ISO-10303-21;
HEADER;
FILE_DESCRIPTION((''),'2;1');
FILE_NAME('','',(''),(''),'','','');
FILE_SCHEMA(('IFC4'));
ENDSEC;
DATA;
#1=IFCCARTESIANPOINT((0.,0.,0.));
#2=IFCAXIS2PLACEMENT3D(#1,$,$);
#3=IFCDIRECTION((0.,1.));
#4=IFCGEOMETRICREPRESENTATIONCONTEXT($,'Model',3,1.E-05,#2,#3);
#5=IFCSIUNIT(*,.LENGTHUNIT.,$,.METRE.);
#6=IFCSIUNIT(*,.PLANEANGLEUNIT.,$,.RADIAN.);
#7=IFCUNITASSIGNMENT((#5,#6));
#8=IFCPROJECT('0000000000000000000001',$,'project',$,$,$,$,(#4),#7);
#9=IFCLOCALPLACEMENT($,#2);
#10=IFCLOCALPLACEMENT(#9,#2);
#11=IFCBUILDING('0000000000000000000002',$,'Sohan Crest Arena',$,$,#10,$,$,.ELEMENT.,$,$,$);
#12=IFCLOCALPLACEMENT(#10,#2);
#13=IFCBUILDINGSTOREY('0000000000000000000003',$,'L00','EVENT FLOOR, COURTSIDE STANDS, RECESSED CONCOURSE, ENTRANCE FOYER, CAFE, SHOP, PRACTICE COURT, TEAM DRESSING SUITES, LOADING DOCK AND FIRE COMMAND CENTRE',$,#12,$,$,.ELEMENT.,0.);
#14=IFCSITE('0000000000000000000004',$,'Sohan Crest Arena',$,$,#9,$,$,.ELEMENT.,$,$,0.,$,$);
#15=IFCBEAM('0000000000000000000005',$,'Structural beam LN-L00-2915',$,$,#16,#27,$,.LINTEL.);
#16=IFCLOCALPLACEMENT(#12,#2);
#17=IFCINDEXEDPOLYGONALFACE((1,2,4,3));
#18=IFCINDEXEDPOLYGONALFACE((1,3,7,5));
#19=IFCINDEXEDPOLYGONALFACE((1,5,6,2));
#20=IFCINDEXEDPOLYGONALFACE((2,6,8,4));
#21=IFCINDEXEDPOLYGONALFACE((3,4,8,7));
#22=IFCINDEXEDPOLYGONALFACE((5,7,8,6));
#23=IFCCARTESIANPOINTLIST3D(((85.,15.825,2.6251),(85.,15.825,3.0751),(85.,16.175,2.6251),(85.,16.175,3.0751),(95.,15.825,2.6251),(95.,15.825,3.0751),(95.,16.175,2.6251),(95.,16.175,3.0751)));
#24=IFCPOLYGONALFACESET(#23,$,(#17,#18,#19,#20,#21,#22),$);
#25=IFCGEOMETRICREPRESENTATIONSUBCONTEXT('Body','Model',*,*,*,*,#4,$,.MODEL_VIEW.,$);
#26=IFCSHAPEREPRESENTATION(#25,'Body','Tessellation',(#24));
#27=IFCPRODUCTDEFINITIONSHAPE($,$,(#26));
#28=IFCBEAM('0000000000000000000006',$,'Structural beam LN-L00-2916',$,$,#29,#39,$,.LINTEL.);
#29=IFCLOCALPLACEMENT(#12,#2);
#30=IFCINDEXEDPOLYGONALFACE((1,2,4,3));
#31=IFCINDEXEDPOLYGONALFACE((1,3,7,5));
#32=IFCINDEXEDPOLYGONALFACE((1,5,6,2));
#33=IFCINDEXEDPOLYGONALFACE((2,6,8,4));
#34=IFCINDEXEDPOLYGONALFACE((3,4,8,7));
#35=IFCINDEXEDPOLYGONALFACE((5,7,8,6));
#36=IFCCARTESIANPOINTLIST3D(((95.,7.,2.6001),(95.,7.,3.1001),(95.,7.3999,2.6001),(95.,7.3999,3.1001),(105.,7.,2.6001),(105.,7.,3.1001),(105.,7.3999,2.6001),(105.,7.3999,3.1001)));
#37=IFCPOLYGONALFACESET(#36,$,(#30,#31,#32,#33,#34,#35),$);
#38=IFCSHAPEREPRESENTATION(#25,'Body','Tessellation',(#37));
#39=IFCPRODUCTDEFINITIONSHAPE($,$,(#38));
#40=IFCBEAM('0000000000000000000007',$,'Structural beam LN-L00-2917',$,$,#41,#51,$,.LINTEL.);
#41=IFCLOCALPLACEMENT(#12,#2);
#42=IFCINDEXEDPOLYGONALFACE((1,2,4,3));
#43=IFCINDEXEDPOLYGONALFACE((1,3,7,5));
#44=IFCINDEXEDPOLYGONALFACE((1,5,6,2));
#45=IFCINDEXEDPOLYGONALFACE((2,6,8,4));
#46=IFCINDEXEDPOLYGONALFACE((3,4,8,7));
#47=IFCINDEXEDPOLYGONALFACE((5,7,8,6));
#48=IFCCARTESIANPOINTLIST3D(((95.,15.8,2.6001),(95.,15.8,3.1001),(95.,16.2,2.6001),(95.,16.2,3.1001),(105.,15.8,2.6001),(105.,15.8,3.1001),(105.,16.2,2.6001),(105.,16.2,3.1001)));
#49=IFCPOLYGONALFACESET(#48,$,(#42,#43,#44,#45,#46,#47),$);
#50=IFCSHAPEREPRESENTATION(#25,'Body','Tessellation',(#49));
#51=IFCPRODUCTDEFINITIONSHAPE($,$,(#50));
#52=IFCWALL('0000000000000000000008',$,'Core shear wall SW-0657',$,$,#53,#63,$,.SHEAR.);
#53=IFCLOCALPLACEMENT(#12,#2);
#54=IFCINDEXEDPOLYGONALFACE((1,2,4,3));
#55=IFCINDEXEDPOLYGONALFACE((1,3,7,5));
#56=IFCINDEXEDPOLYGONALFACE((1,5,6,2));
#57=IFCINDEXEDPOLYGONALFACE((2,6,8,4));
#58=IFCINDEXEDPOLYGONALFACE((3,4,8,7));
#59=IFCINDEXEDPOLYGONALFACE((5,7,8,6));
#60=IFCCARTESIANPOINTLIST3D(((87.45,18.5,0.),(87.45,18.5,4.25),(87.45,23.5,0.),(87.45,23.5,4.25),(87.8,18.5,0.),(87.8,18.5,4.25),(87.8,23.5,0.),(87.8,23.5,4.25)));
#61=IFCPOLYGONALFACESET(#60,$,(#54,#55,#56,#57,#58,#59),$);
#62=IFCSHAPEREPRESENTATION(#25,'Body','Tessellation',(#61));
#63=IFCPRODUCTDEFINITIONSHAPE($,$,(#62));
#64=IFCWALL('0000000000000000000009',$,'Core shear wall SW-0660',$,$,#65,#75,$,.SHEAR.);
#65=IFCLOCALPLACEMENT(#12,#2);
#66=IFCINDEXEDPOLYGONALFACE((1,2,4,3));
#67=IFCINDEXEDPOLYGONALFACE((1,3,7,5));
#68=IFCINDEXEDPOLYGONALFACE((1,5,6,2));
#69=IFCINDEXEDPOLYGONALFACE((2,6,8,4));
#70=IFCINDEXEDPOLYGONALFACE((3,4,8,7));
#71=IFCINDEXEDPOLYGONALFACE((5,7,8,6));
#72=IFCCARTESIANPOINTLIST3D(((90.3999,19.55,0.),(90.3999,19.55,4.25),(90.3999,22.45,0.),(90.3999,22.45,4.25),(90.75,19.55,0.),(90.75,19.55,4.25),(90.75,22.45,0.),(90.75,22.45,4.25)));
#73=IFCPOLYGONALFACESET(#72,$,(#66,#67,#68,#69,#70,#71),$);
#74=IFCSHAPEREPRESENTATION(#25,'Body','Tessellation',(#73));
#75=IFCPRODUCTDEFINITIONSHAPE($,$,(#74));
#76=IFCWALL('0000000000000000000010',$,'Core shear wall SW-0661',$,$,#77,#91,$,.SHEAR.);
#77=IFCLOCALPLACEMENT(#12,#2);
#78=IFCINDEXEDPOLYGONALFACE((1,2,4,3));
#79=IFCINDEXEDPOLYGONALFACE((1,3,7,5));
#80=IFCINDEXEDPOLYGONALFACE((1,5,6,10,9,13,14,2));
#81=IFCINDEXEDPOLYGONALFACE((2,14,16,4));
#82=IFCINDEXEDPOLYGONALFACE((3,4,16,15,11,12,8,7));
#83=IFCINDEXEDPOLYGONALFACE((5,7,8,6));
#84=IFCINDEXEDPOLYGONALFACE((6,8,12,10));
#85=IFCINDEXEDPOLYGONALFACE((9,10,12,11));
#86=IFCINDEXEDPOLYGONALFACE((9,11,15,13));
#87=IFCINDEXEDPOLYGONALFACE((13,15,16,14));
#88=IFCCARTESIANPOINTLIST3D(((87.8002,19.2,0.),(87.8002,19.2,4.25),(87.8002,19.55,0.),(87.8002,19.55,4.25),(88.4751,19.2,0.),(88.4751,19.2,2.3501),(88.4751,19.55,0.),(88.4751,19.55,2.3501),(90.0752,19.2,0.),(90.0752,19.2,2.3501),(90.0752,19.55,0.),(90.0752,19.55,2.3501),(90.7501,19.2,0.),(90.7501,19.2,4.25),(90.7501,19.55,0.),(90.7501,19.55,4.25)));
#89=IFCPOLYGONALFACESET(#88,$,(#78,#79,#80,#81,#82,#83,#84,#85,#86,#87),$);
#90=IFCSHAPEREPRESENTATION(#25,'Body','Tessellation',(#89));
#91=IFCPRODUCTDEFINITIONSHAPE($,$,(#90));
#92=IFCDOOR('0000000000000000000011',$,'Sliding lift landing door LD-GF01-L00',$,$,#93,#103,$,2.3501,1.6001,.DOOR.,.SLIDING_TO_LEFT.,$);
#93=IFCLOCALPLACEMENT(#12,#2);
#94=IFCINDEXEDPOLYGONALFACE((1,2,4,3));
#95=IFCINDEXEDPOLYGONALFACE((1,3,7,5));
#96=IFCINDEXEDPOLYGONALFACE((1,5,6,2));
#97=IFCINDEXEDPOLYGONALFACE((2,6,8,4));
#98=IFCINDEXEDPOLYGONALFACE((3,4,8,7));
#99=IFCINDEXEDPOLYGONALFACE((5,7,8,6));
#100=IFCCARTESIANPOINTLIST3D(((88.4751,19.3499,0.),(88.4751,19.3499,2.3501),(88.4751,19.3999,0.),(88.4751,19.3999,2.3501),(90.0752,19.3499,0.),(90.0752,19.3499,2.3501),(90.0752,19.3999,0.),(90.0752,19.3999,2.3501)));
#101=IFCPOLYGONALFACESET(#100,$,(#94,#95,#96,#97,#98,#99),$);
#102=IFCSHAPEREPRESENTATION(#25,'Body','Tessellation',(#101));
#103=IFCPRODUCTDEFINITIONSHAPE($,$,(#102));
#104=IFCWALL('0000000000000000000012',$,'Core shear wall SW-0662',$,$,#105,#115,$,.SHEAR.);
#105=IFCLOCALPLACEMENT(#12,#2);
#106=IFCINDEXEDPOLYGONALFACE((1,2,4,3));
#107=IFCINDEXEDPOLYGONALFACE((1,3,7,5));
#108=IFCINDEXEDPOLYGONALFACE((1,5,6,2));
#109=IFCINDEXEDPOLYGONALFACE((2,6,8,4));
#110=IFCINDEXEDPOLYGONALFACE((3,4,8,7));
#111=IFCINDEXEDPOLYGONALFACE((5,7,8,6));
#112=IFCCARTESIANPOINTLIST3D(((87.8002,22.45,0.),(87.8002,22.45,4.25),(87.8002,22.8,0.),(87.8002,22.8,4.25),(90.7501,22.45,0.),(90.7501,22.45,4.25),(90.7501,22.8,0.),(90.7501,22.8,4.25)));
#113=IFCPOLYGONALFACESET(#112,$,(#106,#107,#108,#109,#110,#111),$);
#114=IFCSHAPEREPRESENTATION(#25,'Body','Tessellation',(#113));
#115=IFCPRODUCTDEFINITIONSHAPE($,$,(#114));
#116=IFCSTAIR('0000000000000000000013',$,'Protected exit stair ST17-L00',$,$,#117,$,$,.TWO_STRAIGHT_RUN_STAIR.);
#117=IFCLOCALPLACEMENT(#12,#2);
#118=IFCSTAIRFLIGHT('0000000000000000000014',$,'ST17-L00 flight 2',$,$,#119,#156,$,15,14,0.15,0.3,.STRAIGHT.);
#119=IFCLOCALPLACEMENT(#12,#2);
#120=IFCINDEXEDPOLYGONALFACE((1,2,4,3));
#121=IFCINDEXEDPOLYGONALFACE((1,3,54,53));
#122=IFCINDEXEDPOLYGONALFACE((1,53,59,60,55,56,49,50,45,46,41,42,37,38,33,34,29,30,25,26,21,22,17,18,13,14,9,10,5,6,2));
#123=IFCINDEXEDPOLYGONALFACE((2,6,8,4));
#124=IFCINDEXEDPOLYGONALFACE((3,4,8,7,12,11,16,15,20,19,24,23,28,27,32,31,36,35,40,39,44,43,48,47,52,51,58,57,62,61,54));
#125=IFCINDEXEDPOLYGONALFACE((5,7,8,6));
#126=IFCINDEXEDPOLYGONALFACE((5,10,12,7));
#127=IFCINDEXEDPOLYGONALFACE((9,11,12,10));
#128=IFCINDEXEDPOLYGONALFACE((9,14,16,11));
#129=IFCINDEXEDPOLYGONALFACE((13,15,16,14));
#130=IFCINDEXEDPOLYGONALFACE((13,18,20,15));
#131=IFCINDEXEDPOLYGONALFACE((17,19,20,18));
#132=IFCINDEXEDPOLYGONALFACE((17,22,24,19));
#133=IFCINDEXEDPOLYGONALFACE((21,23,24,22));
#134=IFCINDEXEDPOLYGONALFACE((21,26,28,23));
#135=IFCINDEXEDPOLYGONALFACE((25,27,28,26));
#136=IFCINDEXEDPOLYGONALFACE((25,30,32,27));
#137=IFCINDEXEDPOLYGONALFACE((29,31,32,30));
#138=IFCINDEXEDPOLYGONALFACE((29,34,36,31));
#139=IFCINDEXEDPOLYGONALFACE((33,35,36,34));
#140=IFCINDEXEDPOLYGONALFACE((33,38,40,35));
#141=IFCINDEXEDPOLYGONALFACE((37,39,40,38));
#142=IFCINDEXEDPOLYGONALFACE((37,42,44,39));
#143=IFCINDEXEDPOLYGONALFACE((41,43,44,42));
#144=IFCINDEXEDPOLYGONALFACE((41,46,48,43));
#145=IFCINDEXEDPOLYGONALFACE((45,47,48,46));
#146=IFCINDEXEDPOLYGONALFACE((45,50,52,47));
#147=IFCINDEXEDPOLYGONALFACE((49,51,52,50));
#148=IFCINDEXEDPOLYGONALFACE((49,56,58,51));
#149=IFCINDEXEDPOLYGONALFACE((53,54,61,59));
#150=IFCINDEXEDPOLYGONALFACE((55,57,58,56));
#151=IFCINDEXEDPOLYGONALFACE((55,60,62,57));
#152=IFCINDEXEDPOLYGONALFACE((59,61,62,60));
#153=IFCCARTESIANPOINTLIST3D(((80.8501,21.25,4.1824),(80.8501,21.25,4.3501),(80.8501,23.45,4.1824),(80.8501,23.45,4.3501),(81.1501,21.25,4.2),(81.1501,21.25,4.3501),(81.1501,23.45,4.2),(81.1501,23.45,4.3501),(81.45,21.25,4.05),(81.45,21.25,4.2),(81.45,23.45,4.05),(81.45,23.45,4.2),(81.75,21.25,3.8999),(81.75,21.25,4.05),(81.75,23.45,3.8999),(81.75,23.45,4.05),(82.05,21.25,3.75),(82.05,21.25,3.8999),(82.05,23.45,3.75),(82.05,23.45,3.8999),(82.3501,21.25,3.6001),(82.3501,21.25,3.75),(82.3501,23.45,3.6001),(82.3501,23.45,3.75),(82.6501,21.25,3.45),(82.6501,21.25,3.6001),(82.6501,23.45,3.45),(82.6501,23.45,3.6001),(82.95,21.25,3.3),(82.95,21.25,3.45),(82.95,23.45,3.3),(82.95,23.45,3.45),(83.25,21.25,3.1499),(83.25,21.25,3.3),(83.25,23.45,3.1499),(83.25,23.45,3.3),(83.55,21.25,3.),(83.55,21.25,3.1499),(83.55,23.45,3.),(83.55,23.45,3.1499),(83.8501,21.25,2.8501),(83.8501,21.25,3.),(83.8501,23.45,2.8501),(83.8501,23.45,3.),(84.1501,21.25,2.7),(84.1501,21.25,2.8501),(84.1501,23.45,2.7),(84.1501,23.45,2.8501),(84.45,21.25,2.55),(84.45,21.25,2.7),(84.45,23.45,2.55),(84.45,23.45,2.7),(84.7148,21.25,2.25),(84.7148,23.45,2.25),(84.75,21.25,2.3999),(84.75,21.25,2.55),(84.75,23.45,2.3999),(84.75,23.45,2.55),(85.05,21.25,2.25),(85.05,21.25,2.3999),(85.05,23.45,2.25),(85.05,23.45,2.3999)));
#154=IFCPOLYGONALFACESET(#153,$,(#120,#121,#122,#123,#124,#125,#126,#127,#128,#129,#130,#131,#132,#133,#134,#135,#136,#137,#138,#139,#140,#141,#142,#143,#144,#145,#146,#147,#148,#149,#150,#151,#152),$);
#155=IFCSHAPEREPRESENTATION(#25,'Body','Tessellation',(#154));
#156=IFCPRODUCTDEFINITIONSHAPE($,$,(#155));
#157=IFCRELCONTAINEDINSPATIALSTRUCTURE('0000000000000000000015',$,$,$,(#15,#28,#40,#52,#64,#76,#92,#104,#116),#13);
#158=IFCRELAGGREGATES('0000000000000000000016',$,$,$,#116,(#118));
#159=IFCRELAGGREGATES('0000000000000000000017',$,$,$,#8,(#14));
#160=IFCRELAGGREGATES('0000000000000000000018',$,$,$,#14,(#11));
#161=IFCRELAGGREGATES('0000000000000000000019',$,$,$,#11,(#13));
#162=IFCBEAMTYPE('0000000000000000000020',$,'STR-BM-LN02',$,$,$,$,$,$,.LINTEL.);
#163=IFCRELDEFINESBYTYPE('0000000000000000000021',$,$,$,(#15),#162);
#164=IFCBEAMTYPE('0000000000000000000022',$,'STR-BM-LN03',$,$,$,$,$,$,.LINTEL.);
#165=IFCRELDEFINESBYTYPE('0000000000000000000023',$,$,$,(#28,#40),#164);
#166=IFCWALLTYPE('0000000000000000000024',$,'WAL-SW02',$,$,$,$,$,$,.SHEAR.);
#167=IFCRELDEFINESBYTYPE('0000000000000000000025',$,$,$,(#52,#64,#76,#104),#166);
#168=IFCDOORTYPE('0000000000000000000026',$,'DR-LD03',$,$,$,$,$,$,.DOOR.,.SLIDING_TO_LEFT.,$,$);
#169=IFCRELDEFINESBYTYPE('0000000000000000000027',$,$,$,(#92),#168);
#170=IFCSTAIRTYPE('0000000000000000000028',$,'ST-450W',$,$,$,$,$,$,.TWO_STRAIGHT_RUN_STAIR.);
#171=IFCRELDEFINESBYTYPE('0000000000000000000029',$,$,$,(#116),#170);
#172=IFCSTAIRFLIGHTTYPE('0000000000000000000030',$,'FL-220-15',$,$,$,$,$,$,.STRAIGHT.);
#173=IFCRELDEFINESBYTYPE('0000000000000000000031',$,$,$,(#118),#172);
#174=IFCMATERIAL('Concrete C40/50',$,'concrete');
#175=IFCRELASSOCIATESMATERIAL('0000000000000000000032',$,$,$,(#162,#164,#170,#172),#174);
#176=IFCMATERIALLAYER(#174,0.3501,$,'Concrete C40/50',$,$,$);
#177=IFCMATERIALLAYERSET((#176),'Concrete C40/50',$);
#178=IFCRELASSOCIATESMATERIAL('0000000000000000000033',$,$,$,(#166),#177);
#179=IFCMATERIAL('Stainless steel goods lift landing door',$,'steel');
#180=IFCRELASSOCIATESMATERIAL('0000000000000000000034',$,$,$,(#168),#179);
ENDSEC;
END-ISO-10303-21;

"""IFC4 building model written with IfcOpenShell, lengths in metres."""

from ifc_helpers import new_model, si_unit, direction, frame, frame_2d, origin, origin_2d, place, context, subcontext, project, spatial, polyline, rectangle, outline, extrude, material, layer, layer_set, material_profile, profile_set, type_object, element, fill, aggregate, save


model = new_model("IFC4")

# Units and contexts
model_context = context("Model", 3, precision=1e-05, world=origin(), true_north=direction((0.0, 1.0)))
body_context = subcontext(model_context, "Body", "Model", "MODEL_VIEW")
ifc_project = project(units=[si_unit("LENGTHUNIT", "METRE"), si_unit("PLANEANGLEUNIT", "RADIAN")], contexts=[model_context])

# Site, building, storey
site_placement = place(None, origin())
site = spatial("IfcSite", under=ifc_project, at=site_placement, Name="Sohan Crest Arena", CompositionType="ELEMENT", RefElevation=0.0)
building_placement = place(site_placement, origin())
building = spatial("IfcBuilding", under=site, at=building_placement, Name="Sohan Crest Arena", CompositionType="ELEMENT")
storey_placement = place(building_placement, origin())
storey = spatial("IfcBuildingStorey", under=building, at=storey_placement, Name="L00", Description="EVENT FLOOR, COURTSIDE STANDS, RECESSED CONCOURSE, ENTRANCE FOYER, CAFE, SHOP, PRACTICE COURT, TEAM DRESSING SUITES, LOADING DOCK AND FIRE COMMAND CENTRE", CompositionType="ELEMENT", Elevation=0.0)

# Beams
ifc_material_1 = material(Name="Concrete C40/50", Category="concrete")
ifc_material_profile_1 = material_profile(ifc_material_1, rectangle(XDim=0.3501, YDim=0.45, at=origin_2d()), Name="RC-LNT 350x450")
ifc_profile_set_1 = profile_set([ifc_material_profile_1], Name="Concrete C40/50")
beam_type_1 = type_object("IfcBeamType", Name="STR-BM-LN02", PredefinedType="LINTEL", material=ifc_profile_set_1)
for number, where, z_axis, x_axis, name in (
    (1, (85.0, 16.0, 2.8501), (1.0, 0.0, 0.0), (0.0, 1.0, 0.0), "Structural beam LN-L00-2915"),
):
    element("IfcBeam", number, at=place(storey_placement, frame(where, z_axis=z_axis, x_axis=x_axis)), inside=storey, type_object=beam_type_1, Name=name, PredefinedType="LINTEL", context=body_context, shape_type="SweptSolid", body=[
        extrude(rectangle(XDim=0.3501, YDim=0.45, at=origin_2d()), origin(), (0.0, 0.0, 1.0), 10.0),
    ])
ifc_material_profile_2 = material_profile(ifc_material_1, rectangle(XDim=0.3999, YDim=0.5, at=origin_2d()), Name="RC-LNT 400x500")
ifc_profile_set_2 = profile_set([ifc_material_profile_2], Name="Concrete C40/50")
beam_type_2 = type_object("IfcBeamType", Name="STR-BM-LN03", PredefinedType="LINTEL", material=ifc_profile_set_2)
for number, where, z_axis, x_axis, name in (
    (2, (95.0, 7.2, 2.8501), (1.0, 0.0, 0.0), (0.0, 1.0, 0.0), "Structural beam LN-L00-2916"),
    (3, (95.0, 16.0, 2.8501), (1.0, 0.0, 0.0), (0.0, 1.0, 0.0), "Structural beam LN-L00-2917"),
):
    element("IfcBeam", number, at=place(storey_placement, frame(where, z_axis=z_axis, x_axis=x_axis)), inside=storey, type_object=beam_type_2, Name=name, PredefinedType="LINTEL", context=body_context, shape_type="SweptSolid", body=[
        extrude(rectangle(XDim=0.3999, YDim=0.5, at=origin_2d()), origin(), (0.0, 0.0, 1.0), 10.0),
    ])

# Walls
ifc_layer = layer(ifc_material_1, 0.3501, Name="Concrete C40/50")
ifc_layer_set = layer_set([ifc_layer], Name="Concrete C40/50")
wall_type = type_object("IfcWallType", Name="WAL-SW02", PredefinedType="SHEAR", material=ifc_layer_set)
wall_1_placement = place(storey_placement, frame((87.625, 18.5, 0.0), z_axis=(0.0, 0.0, 1.0), x_axis=(0.0, 1.0, 0.0)))
element("IfcWall", 4, at=wall_1_placement, inside=storey, type_object=wall_type, Name="Core shear wall SW-0657", PredefinedType="SHEAR", context=body_context, shape_type="SweptSolid", body=[
    extrude(rectangle(XDim=5.0, YDim=0.3501, at=frame_2d((2.5, 0.0))), origin(), (0.0, 0.0, 1.0), 4.25),
])
wall_2_placement = place(storey_placement, frame((90.575, 19.55, 0.0), z_axis=(0.0, 0.0, 1.0), x_axis=(0.0, 1.0, 0.0)))
element("IfcWall", 5, at=wall_2_placement, inside=storey, type_object=wall_type, Name="Core shear wall SW-0660", PredefinedType="SHEAR", context=body_context, shape_type="SweptSolid", body=[
    extrude(rectangle(XDim=2.8999, YDim=0.3501, at=frame_2d((1.45, 0.0))), origin(), (0.0, 0.0, 1.0), 4.25),
])

# Wall, opening, door
wall_3_placement = place(storey_placement, frame((87.8, 19.375, 0.0), z_axis=(0.0, 0.0, 1.0), x_axis=(1.0, 0.0, 0.0)))
wall_3 = element("IfcWall", 6, at=wall_3_placement, inside=storey, type_object=wall_type, Name="Core shear wall SW-0661", PredefinedType="SHEAR", context=body_context, shape_type="SweptSolid", body=[
    extrude(rectangle(XDim=2.95, YDim=0.3501, at=frame_2d((1.4751, 0.0))), origin(), (0.0, 0.0, 1.0), 4.25),
])
opening_placement = place(wall_3_placement, frame((0.675, 0.0, 0.0)))
opening = element("IfcOpeningElement", 7, at=opening_placement, cuts=wall_3, PredefinedType="OPENING", context=body_context, shape_type="SweptSolid", body=[
    extrude(rectangle(XDim=1.6001, YDim=2.3501, at=frame_2d((0.8, 1.175))), frame((0.0, 0.1851, 0.0), z_axis=(0.0, -1.0, 0.0), x_axis=(1.0, 0.0, 0.0)), (0.0, 0.0, 1.0), 0.3701),
])
ifc_material_2 = material(Name="Stainless steel goods lift landing door", Category="steel")
door_type = type_object("IfcDoorType", Name="DR-LD03", OperationType="SLIDING_TO_LEFT", PredefinedType="DOOR", material=ifc_material_2)
door_placement = place(opening_placement, origin())
door = element("IfcDoor", 8, at=door_placement, inside=storey, type_object=door_type, Name="Sliding lift landing door LD-GF01-L00", OperationType="SLIDING_TO_LEFT", OverallHeight=2.3501, OverallWidth=1.6001, PredefinedType="DOOR", context=body_context, shape_type="SweptSolid", body=[
    extrude(rectangle(XDim=1.6001, YDim=2.3501, at=frame_2d((0.8, 1.175))), frame((0.0, 0.0249, 0.0), z_axis=(0.0, -1.0, 0.0), x_axis=(1.0, 0.0, 0.0)), (0.0, 0.0, 1.0), 0.05),
])
fill(opening, door)

# Wall
wall_4_placement = place(storey_placement, frame((87.8, 22.625, 0.0), z_axis=(0.0, 0.0, 1.0), x_axis=(1.0, 0.0, 0.0)))
element("IfcWall", 9, at=wall_4_placement, inside=storey, type_object=wall_type, Name="Core shear wall SW-0662", PredefinedType="SHEAR", context=body_context, shape_type="SweptSolid", body=[
    extrude(rectangle(XDim=2.95, YDim=0.3501, at=frame_2d((1.4751, 0.0))), origin(), (0.0, 0.0, 1.0), 4.25),
])

# Stair, stair flight
stair_type = type_object("IfcStairType", Name="ST-450W", PredefinedType="TWO_STRAIGHT_RUN_STAIR", material=ifc_material_1)
stair_placement = place(storey_placement, origin())
stair = element("IfcStair", 10, at=stair_placement, inside=storey, type_object=stair_type, Name="Protected exit stair ST17-L00", PredefinedType="TWO_STRAIGHT_RUN_STAIR")
stair_flight_type = type_object("IfcStairFlightType", Name="FL-220-15", PredefinedType="STRAIGHT", material=ifc_material_1)
stair_flight_placement = place(storey_placement, frame((85.05, 22.3501, 2.25), z_axis=(0.0, 0.0, 1.0), x_axis=(-1.0, 0.0, 0.0)))
stair_flight = element("IfcStairFlight", 11, at=stair_flight_placement, type_object=stair_flight_type, Name="ST17-L00 flight 2", NumberOfRisers=15, NumberOfTreads=14, PredefinedType="STRAIGHT", RiserHeight=0.15, TreadLength=0.3, context=body_context, shape_type="SweptSolid", body=[
    extrude(outline(polyline([(0.0, 0.0), (0.0, 0.1499), (0.3, 0.1499), (0.3, 0.3), (0.6001, 0.3), (0.6001, 0.45), (0.8999, 0.45), (0.8999, 0.6001), (1.2, 0.6001), (1.2, 0.75), (1.5, 0.75), (1.5, 0.8999), (1.8, 0.8999), (1.8, 1.05), (2.1001, 1.05), (2.1001, 1.2), (2.3999, 1.2), (2.3999, 1.3501), (2.7, 1.3501), (2.7, 1.5), (3.0, 1.5), (3.0, 1.6499), (3.3, 1.6499), (3.3, 1.8), (3.6001, 1.8), (3.6001, 1.95), (3.8999, 1.95), (3.8999, 2.1001), (4.2, 2.1001), (4.2, 2.25), (4.2, 1.9324), (0.3352, 0.0), (0.0, 0.0)])), frame((0.0, 1.1001, 0.0), z_axis=(0.0, -1.0, 0.0), x_axis=(1.0, 0.0, 0.0)), (0.0, 0.0, 1.0), 2.2),
])
aggregate(stair, [stair_flight])

save(model, "model.ifc")
